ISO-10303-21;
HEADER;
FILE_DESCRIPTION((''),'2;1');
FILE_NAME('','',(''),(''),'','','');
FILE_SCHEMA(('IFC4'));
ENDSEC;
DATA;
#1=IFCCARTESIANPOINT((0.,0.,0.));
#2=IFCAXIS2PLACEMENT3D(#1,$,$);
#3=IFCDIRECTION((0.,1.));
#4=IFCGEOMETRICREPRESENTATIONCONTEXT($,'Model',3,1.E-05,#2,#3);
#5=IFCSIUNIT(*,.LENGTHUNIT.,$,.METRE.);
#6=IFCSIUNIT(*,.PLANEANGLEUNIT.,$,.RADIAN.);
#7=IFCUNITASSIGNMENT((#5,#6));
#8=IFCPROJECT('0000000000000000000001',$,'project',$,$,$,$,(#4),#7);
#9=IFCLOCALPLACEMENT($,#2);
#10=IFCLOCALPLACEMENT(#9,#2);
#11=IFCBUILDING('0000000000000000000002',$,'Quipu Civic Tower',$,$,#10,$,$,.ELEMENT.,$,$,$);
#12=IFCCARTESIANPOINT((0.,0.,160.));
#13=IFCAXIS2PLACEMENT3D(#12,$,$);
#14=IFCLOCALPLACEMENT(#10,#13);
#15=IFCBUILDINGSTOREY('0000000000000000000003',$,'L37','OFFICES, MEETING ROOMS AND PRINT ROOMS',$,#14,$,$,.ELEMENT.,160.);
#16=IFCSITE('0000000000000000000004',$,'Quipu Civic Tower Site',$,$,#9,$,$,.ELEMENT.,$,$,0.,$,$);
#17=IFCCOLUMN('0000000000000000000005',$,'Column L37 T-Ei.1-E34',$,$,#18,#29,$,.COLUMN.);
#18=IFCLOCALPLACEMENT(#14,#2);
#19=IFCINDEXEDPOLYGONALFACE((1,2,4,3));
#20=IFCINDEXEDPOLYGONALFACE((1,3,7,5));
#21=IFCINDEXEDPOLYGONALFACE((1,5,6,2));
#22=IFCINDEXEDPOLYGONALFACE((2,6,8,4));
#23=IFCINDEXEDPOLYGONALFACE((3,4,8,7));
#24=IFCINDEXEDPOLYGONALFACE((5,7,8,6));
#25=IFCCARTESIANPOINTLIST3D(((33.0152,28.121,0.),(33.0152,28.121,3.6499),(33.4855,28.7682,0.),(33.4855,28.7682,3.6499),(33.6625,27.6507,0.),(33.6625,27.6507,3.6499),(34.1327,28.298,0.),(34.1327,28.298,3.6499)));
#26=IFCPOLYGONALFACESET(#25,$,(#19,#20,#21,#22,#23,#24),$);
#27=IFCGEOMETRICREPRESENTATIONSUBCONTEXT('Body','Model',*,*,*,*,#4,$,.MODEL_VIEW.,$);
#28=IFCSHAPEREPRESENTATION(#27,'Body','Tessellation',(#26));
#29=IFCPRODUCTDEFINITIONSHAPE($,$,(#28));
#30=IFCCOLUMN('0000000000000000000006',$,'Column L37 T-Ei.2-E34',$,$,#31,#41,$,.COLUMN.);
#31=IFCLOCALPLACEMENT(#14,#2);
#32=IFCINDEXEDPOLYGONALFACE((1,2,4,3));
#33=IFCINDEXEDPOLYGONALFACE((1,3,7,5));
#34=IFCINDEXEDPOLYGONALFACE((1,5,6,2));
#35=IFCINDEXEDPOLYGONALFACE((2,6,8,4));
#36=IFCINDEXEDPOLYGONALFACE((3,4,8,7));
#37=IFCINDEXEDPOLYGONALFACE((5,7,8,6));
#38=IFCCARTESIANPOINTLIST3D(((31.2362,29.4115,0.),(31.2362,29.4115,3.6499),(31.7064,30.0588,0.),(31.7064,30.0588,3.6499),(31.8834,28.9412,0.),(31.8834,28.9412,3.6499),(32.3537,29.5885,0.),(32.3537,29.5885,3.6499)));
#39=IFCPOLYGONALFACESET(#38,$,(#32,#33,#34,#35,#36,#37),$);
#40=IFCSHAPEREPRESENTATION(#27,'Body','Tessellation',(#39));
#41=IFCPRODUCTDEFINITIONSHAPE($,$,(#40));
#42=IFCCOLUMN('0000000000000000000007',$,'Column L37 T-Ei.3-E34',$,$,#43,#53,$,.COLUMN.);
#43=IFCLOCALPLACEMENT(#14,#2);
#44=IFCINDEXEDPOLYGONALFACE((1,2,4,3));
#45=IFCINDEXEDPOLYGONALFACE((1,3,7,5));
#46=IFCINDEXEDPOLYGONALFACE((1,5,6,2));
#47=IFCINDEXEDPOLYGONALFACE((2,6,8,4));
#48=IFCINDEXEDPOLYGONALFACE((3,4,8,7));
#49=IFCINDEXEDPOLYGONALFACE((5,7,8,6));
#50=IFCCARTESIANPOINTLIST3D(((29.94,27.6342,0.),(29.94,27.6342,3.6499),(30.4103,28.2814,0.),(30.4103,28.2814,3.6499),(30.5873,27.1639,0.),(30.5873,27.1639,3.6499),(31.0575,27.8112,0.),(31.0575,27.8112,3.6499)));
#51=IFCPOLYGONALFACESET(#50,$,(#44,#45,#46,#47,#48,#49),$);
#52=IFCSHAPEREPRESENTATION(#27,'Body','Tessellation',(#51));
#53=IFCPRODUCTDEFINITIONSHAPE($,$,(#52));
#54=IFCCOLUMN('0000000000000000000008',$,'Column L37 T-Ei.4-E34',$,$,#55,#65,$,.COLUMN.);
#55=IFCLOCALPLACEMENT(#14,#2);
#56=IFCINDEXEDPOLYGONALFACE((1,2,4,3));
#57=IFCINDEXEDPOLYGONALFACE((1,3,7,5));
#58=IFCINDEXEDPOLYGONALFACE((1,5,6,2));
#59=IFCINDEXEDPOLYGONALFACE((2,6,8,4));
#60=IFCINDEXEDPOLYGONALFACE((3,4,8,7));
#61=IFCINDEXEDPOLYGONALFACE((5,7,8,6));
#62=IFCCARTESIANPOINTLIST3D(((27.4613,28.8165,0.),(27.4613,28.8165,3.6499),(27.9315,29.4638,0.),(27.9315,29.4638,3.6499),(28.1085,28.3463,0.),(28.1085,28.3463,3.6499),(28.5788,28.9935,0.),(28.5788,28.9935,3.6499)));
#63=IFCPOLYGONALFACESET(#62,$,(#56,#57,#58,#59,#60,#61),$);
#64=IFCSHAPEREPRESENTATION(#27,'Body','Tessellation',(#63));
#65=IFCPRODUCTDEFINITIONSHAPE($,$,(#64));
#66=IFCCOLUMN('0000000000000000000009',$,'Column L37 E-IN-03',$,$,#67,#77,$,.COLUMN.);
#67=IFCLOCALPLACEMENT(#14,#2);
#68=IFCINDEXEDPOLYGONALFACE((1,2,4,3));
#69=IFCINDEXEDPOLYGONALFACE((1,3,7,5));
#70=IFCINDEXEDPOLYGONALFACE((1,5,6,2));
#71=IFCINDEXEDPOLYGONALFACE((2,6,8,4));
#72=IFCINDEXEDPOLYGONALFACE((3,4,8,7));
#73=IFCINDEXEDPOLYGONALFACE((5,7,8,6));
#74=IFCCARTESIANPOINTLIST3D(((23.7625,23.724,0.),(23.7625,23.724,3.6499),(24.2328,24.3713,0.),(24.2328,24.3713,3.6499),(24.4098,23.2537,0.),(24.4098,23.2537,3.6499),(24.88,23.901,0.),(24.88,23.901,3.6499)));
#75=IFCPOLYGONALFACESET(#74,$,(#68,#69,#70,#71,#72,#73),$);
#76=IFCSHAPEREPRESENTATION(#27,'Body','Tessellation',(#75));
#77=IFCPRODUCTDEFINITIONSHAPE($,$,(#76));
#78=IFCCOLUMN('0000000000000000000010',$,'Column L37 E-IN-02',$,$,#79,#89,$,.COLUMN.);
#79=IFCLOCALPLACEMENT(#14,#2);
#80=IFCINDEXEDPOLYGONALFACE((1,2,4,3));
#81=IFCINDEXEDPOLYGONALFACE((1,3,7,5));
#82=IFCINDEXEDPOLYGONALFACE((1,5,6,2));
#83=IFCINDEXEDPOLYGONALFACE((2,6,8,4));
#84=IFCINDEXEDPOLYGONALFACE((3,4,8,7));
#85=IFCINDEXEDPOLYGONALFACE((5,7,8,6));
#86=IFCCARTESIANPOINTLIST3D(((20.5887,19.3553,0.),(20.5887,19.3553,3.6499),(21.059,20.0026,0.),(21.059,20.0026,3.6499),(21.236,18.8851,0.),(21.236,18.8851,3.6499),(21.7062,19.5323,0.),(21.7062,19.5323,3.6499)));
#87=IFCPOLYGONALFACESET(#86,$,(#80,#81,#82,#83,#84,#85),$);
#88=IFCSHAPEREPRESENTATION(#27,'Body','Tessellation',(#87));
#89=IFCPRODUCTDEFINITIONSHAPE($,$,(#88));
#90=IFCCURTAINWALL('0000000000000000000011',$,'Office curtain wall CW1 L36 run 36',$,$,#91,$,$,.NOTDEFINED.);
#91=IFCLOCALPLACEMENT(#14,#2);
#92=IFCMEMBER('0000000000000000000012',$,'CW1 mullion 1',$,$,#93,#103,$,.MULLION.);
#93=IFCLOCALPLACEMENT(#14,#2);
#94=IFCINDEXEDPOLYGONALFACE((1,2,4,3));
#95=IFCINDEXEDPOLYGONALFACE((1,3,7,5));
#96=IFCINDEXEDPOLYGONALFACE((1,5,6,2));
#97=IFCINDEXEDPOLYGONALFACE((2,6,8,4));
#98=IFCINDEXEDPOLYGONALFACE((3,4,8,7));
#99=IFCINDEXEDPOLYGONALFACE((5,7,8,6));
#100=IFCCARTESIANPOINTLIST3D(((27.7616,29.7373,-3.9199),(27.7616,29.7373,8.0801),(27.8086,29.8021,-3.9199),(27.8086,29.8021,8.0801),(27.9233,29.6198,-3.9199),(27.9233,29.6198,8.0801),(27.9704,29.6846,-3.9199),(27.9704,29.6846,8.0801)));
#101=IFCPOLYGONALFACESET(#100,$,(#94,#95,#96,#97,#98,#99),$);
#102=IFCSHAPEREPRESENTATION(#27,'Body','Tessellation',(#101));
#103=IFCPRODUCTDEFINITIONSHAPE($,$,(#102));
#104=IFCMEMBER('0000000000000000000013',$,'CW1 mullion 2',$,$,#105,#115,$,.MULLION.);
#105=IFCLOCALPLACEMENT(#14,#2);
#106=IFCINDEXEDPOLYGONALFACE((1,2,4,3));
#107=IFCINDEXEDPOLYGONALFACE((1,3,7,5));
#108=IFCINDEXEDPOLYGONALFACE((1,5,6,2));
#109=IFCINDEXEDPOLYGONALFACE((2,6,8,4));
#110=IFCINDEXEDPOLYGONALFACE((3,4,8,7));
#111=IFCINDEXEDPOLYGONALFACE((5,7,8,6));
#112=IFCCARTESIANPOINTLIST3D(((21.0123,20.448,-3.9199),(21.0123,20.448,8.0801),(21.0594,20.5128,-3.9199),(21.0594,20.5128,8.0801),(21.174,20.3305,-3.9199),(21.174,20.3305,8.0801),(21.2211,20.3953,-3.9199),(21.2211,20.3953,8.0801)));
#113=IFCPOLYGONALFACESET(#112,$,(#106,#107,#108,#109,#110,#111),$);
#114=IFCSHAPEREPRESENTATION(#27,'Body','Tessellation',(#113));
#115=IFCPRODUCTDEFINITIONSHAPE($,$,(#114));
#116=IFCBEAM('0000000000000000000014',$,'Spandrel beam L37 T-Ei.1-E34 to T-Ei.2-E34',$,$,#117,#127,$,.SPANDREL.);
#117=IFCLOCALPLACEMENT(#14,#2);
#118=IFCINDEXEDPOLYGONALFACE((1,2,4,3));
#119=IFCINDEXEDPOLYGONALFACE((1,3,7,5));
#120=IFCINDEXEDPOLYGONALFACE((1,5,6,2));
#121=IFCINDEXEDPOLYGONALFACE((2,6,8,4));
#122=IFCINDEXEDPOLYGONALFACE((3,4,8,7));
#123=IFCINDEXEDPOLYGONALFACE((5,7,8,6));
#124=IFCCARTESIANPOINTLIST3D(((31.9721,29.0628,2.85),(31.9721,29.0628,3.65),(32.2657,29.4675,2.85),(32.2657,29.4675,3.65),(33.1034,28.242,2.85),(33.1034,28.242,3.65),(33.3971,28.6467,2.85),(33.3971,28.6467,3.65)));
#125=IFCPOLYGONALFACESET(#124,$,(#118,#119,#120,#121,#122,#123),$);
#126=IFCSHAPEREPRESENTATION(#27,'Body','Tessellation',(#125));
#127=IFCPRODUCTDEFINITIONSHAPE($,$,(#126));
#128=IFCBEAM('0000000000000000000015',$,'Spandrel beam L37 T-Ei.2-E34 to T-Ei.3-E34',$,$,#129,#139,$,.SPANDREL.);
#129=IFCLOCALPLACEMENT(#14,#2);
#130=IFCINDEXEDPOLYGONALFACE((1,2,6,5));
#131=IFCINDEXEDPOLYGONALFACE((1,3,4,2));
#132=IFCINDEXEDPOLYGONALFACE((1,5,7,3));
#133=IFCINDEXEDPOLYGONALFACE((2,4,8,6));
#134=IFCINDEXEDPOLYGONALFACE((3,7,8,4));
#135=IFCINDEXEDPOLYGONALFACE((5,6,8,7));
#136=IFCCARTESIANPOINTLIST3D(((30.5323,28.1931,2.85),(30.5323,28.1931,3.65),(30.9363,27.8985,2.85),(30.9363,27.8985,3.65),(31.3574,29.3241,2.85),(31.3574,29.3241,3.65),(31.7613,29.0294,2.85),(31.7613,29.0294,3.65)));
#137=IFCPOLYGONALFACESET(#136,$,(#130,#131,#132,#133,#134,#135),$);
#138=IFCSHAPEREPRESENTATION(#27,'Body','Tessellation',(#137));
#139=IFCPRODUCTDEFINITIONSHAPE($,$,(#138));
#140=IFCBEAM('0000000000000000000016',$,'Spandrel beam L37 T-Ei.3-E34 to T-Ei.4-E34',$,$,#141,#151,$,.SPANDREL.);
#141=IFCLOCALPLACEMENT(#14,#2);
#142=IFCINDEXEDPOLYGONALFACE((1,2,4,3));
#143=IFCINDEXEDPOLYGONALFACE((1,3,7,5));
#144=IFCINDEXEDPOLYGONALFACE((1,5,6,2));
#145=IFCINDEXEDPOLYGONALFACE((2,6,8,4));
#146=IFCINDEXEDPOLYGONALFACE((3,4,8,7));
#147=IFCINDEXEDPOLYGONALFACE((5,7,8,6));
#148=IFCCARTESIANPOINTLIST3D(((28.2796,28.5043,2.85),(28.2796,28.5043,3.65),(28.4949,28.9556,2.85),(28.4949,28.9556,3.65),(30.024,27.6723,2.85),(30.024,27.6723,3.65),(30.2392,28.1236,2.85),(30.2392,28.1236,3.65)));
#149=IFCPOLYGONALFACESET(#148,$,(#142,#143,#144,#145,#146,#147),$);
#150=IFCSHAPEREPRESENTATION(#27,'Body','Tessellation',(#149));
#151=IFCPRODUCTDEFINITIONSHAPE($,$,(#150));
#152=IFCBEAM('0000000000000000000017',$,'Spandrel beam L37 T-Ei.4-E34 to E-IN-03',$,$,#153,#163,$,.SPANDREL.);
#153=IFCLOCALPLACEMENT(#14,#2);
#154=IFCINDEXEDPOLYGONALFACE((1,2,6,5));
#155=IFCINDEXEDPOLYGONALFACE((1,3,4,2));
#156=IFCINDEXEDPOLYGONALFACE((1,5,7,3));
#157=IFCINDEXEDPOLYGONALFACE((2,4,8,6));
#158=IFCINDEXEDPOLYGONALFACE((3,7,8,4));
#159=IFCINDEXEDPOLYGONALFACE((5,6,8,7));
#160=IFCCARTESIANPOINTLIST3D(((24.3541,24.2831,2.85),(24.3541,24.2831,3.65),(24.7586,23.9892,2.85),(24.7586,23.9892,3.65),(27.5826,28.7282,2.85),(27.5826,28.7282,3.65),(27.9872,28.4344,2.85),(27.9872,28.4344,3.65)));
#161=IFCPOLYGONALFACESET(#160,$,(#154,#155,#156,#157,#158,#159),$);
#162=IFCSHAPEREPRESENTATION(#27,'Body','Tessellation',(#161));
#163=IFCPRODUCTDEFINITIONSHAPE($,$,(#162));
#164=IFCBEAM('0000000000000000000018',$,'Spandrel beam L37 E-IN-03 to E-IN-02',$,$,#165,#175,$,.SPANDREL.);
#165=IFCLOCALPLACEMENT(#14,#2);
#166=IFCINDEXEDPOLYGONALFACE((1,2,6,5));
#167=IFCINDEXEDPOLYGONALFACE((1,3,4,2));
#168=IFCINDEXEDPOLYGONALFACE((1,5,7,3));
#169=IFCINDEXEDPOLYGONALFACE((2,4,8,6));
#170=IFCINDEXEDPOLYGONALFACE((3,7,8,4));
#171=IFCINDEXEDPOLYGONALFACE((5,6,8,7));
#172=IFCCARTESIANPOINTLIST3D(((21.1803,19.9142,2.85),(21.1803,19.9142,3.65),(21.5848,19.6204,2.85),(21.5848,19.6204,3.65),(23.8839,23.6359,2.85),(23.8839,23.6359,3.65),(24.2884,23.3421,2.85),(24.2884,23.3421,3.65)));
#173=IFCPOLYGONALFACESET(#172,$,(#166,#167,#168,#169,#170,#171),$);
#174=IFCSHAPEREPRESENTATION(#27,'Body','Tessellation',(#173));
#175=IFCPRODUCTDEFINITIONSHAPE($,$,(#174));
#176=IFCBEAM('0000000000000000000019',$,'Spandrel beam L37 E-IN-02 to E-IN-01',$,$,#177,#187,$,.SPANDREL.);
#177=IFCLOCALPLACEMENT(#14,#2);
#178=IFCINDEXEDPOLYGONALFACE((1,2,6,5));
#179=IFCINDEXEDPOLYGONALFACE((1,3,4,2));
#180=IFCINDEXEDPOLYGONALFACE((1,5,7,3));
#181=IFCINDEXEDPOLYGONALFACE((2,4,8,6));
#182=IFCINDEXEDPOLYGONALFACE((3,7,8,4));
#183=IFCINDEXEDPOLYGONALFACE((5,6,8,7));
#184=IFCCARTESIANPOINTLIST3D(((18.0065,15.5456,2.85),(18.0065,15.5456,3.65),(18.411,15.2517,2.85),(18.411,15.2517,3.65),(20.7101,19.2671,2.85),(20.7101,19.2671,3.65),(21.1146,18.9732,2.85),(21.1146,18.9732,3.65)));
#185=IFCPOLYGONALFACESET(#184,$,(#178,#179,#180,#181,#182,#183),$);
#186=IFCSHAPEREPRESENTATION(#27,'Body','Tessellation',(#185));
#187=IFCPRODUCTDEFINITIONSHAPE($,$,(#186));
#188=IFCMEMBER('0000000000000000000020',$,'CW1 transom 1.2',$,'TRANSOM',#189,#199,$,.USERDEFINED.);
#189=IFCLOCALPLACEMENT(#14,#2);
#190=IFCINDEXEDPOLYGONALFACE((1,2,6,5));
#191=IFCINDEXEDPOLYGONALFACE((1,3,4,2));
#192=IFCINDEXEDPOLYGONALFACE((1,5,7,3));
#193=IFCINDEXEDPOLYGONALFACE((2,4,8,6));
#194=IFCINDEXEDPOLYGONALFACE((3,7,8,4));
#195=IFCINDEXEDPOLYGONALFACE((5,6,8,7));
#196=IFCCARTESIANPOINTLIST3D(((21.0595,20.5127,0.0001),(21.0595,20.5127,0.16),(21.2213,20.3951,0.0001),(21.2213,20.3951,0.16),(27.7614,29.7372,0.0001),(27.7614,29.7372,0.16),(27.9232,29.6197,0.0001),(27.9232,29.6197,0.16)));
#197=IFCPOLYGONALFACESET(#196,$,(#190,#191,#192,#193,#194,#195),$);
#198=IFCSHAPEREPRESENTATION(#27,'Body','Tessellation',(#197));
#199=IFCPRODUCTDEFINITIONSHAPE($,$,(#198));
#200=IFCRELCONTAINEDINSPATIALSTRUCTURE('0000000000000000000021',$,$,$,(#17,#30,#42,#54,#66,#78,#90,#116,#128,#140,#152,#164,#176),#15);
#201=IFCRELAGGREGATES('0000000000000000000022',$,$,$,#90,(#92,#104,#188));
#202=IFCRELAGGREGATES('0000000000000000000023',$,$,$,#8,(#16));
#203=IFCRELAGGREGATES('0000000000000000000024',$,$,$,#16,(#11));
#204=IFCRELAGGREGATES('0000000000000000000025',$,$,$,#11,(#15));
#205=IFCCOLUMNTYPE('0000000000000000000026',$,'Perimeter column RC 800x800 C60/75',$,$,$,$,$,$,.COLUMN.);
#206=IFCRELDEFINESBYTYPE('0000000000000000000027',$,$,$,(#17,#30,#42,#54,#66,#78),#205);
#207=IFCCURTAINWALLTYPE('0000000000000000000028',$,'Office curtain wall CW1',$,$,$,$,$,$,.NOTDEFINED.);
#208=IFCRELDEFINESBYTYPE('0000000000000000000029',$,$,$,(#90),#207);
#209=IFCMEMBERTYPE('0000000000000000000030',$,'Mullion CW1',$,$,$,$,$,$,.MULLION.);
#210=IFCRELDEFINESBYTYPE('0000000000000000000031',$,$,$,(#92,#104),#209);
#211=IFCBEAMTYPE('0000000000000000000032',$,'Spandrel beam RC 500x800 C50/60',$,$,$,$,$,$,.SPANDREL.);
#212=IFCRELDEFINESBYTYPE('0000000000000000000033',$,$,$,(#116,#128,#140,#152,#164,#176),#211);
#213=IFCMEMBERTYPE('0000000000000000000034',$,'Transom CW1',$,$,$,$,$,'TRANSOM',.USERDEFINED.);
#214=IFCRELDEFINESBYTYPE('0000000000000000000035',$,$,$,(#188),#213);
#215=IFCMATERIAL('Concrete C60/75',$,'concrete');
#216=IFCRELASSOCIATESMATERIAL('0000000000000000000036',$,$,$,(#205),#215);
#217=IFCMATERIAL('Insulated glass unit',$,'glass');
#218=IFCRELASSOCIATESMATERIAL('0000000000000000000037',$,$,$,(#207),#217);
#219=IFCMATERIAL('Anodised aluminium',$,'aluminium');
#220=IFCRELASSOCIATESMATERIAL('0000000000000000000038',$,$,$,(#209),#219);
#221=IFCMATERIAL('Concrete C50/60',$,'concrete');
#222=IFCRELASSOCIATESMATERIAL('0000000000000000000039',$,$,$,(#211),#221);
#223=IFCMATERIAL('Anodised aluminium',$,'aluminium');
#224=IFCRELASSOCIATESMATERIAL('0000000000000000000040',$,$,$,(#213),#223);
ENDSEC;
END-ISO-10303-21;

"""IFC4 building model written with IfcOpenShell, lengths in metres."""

from ifc_helpers import new_model, si_unit, direction, frame, origin, origin_2d, place, context, subcontext, project, spatial, rectangle, extrude, material, material_profile, profile_set, type_object, element, aggregate, save


model = new_model("IFC4")

# Units and contexts
model_context = context("Model", 3, precision=1e-05, world=origin(), true_north=direction((0.0, 1.0)))
body_context = subcontext(model_context, "Body", "Model", "MODEL_VIEW")
ifc_project = project(units=[si_unit("LENGTHUNIT", "METRE"), si_unit("PLANEANGLEUNIT", "RADIAN")], contexts=[model_context])

# Site, building, storey
site_placement = place(None, origin())
site = spatial("IfcSite", under=ifc_project, at=site_placement, Name="Quipu Civic Tower Site", CompositionType="ELEMENT", RefElevation=0.0)
building_placement = place(site_placement, origin())
building = spatial("IfcBuilding", under=site, at=building_placement, Name="Quipu Civic Tower", CompositionType="ELEMENT")
storey_placement = place(building_placement, frame((0.0, 0.0, 160.0)))
storey = spatial("IfcBuildingStorey", under=building, at=storey_placement, Name="L37", Description="OFFICES, MEETING ROOMS AND PRINT ROOMS", CompositionType="ELEMENT", Elevation=160.0)

# Columns
ifc_material_1 = material(Name="Concrete C60/75", Category="concrete")
ifc_material_profile_1 = material_profile(ifc_material_1, rectangle(XDim=0.8, YDim=0.8, at=origin_2d()), Name="RC800x800")
ifc_profile_set_1 = profile_set([ifc_material_profile_1], Name="Concrete C60/75")
column_type = type_object("IfcColumnType", Name="Perimeter column RC 800x800 C60/75", PredefinedType="COLUMN", material=ifc_profile_set_1)
for number, where, z_axis, x_axis, name in (
    (1, (33.574, 28.2095, 0.0), (0.0, 0.0, 1.0), (-0.809017, 0.587785, 0.0), "Column L37 T-Ei.1-E34"),
    (2, (31.7949, 29.5, 0.0), (0.0, 0.0, 1.0), (-0.587785, -0.809017, 0.0), "Column L37 T-Ei.2-E34"),
    (3, (30.4988, 27.7227, 0.0), (0.0, 0.0, 1.0), (-0.809017, 0.587785, 0.0), "Column L37 T-Ei.3-E34"),
    (4, (28.02, 28.905, 0.0), (0.0, 0.0, 1.0), (-0.809017, 0.587785, 0.0), "Column L37 T-Ei.4-E34"),
    (5, (24.3213, 23.8125, 0.0), (0.0, 0.0, 1.0), (-0.587785, -0.809017, 0.0), "Column L37 E-IN-03"),
    (6, (21.1475, 19.4438, 0.0), (0.0, 0.0, 1.0), (-0.587785, -0.809017, 0.0), "Column L37 E-IN-02"),
):
    element("IfcColumn", number, at=place(storey_placement, frame(where, z_axis=z_axis, x_axis=x_axis)), inside=storey, type_object=column_type, Name=name, PredefinedType="COLUMN", context=body_context, shape_type="SweptSolid", body=[
        extrude(rectangle(XDim=0.8, YDim=0.8, at=origin_2d()), origin(), (0.0, 0.0, 1.0), 3.6499),
    ])

# Curtain wall, members
ifc_material_2 = material(Name="Insulated glass unit", Category="glass")
curtain_wall_type = type_object("IfcCurtainWallType", Name="Office curtain wall CW1", PredefinedType="NOTDEFINED", material=ifc_material_2)
curtain_wall_placement = place(storey_placement, origin())
curtain_wall = element("IfcCurtainWall", 7, at=curtain_wall_placement, inside=storey, type_object=curtain_wall_type, Name="Office curtain wall CW1 L36 run 36", PredefinedType="NOTDEFINED")
ifc_material_3 = material(Name="Anodised aluminium", Category="aluminium")
ifc_material_profile_2 = material_profile(ifc_material_3, rectangle(XDim=0.2, YDim=0.0801, at=origin_2d()), Name="RECT 200x80")
ifc_profile_set_2 = profile_set([ifc_material_profile_2], Name="Anodised aluminium")
member_type_1 = type_object("IfcMemberType", Name="Mullion CW1", PredefinedType="MULLION", material=ifc_profile_set_2)
member_1_placement = place(storey_placement, frame((27.866, 29.7109, -3.9199), z_axis=(0.0, 0.0, 1.0), x_axis=(0.809014, -0.587789, 0.0)))
member_1 = element("IfcMember", 8, at=member_1_placement, type_object=member_type_1, Name="CW1 mullion 1", PredefinedType="MULLION", context=body_context, shape_type="SweptSolid", body=[
    extrude(rectangle(XDim=0.2, YDim=0.0801, at=origin_2d()), origin(), (0.0, 0.0, 1.0), 12.0),
])
member_2_placement = place(storey_placement, frame((21.1167, 20.4216, -3.9199), z_axis=(0.0, 0.0, 1.0), x_axis=(0.809014, -0.587789, 0.0)))
member_2 = element("IfcMember", 9, at=member_2_placement, type_object=member_type_1, Name="CW1 mullion 2", PredefinedType="MULLION", context=body_context, shape_type="SweptSolid", body=[
    extrude(rectangle(XDim=0.2, YDim=0.0801, at=origin_2d()), origin(), (0.0, 0.0, 1.0), 12.0),
])

# Beams
ifc_material_4 = material(Name="Concrete C50/60", Category="concrete")
ifc_material_profile_3 = material_profile(ifc_material_4, rectangle(XDim=0.5, YDim=0.8, at=origin_2d()), Name="RC500x800")
ifc_profile_set_3 = profile_set([ifc_material_profile_3], Name="Concrete C50/60")
beam_type = type_object("IfcBeamType", Name="Spandrel beam RC 500x800 C50/60", PredefinedType="SPANDREL", material=ifc_profile_set_3)
beam_1_placement = place(storey_placement, frame((33.2502, 28.4443, 3.25), z_axis=(-0.809415, 0.587237, 0.0), x_axis=(-0.587237, -0.809415, 0.0)))
element("IfcBeam", 10, at=beam_1_placement, inside=storey, type_object=beam_type, Name="Spandrel beam L37 T-Ei.1-E34 to T-Ei.2-E34", PredefinedType="SPANDREL", context=body_context, shape_type="SweptSolid", body=[
    extrude(rectangle(XDim=0.5, YDim=0.8, at=origin_2d()), origin(), (0.0, 0.0, 1.0), 1.3977),
])
beam_2_placement = place(storey_placement, frame((31.5593, 29.1768, 3.25), z_axis=(-0.589343, -0.807883, 0.0), x_axis=(0.807883, -0.589343, 0.0)))
element("IfcBeam", 11, at=beam_2_placement, inside=storey, type_object=beam_type, Name="Spandrel beam L37 T-Ei.2-E34 to T-Ei.3-E34", PredefinedType="SPANDREL", context=body_context, shape_type="SweptSolid", body=[
    extrude(rectangle(XDim=0.5, YDim=0.8, at=origin_2d()), origin(), (0.0, 0.0, 1.0), 1.3999),
])
beam_3_placement = place(storey_placement, frame((30.1316, 27.8979, 3.25), z_axis=(-0.902585, 0.430512, 0.0), x_axis=(-0.430512, -0.902585, 0.0)))
element("IfcBeam", 12, at=beam_3_placement, inside=storey, type_object=beam_type, Name="Spandrel beam L37 T-Ei.3-E34 to T-Ei.4-E34", PredefinedType="SPANDREL", context=body_context, shape_type="SweptSolid", body=[
    extrude(rectangle(XDim=0.5, YDim=0.8, at=origin_2d()), origin(), (0.0, 0.0, 1.0), 1.9326),
])
beam_4_placement = place(storey_placement, frame((27.7849, 28.5813, 3.25), z_axis=(-0.587664, -0.809105, 0.0), x_axis=(0.809105, -0.587664, 0.0)))
element("IfcBeam", 13, at=beam_4_placement, inside=storey, type_object=beam_type, Name="Spandrel beam L37 T-Ei.4-E34 to E-IN-03", PredefinedType="SPANDREL", context=body_context, shape_type="SweptSolid", body=[
    extrude(rectangle(XDim=0.5, YDim=0.8, at=origin_2d()), origin(), (0.0, 0.0, 1.0), 5.4939),
])
beam_5_placement = place(storey_placement, frame((24.0862, 23.489, 3.25), z_axis=(-0.587736, -0.809053, 0.0), x_axis=(0.809053, -0.587736, 0.0)))
element("IfcBeam", 14, at=beam_5_placement, inside=storey, type_object=beam_type, Name="Spandrel beam L37 E-IN-03 to E-IN-02", PredefinedType="SPANDREL", context=body_context, shape_type="SweptSolid", body=[
    extrude(rectangle(XDim=0.5, YDim=0.8, at=origin_2d()), origin(), (0.0, 0.0, 1.0), 4.6001),
])
beam_6_placement = place(storey_placement, frame((20.9124, 19.1201, 3.25), z_axis=(-0.587761, -0.809034, 0.0), x_axis=(0.809034, -0.587761, 0.0)))
element("IfcBeam", 15, at=beam_6_placement, inside=storey, type_object=beam_type, Name="Spandrel beam L37 E-IN-02 to E-IN-01", PredefinedType="SPANDREL", context=body_context, shape_type="SweptSolid", body=[
    extrude(rectangle(XDim=0.5, YDim=0.8, at=origin_2d()), origin(), (0.0, 0.0, 1.0), 4.5999),
])

# Member
ifc_material_5 = material(Name="Anodised aluminium", Category="aluminium")
ifc_material_profile_4 = material_profile(ifc_material_5, rectangle(XDim=0.2, YDim=0.1599, at=origin_2d()), Name="RECT 200x160")
ifc_profile_set_4 = profile_set([ifc_material_profile_4], Name="Anodised aluminium")
member_type_2 = type_object("IfcMemberType", Name="Transom CW1", ElementType="TRANSOM", PredefinedType="USERDEFINED", material=ifc_profile_set_4)
member_3_placement = place(storey_placement, frame((27.8423, 29.6785, 0.0801), z_axis=(-0.587776, -0.809024, 0.0), x_axis=(0.809024, -0.587776, 0.0)))
member_3 = element("IfcMember", 16, at=member_3_placement, type_object=member_type_2, Name="CW1 transom 1.2", ObjectType="TRANSOM", PredefinedType="USERDEFINED", context=body_context, shape_type="SweptSolid", body=[
    extrude(rectangle(XDim=0.2, YDim=0.1599, at=origin_2d()), origin(), (0.0, 0.0, 1.0), 11.4021),
])

aggregate(curtain_wall, [member_1, member_2, member_3])

save(model, "model.ifc")
